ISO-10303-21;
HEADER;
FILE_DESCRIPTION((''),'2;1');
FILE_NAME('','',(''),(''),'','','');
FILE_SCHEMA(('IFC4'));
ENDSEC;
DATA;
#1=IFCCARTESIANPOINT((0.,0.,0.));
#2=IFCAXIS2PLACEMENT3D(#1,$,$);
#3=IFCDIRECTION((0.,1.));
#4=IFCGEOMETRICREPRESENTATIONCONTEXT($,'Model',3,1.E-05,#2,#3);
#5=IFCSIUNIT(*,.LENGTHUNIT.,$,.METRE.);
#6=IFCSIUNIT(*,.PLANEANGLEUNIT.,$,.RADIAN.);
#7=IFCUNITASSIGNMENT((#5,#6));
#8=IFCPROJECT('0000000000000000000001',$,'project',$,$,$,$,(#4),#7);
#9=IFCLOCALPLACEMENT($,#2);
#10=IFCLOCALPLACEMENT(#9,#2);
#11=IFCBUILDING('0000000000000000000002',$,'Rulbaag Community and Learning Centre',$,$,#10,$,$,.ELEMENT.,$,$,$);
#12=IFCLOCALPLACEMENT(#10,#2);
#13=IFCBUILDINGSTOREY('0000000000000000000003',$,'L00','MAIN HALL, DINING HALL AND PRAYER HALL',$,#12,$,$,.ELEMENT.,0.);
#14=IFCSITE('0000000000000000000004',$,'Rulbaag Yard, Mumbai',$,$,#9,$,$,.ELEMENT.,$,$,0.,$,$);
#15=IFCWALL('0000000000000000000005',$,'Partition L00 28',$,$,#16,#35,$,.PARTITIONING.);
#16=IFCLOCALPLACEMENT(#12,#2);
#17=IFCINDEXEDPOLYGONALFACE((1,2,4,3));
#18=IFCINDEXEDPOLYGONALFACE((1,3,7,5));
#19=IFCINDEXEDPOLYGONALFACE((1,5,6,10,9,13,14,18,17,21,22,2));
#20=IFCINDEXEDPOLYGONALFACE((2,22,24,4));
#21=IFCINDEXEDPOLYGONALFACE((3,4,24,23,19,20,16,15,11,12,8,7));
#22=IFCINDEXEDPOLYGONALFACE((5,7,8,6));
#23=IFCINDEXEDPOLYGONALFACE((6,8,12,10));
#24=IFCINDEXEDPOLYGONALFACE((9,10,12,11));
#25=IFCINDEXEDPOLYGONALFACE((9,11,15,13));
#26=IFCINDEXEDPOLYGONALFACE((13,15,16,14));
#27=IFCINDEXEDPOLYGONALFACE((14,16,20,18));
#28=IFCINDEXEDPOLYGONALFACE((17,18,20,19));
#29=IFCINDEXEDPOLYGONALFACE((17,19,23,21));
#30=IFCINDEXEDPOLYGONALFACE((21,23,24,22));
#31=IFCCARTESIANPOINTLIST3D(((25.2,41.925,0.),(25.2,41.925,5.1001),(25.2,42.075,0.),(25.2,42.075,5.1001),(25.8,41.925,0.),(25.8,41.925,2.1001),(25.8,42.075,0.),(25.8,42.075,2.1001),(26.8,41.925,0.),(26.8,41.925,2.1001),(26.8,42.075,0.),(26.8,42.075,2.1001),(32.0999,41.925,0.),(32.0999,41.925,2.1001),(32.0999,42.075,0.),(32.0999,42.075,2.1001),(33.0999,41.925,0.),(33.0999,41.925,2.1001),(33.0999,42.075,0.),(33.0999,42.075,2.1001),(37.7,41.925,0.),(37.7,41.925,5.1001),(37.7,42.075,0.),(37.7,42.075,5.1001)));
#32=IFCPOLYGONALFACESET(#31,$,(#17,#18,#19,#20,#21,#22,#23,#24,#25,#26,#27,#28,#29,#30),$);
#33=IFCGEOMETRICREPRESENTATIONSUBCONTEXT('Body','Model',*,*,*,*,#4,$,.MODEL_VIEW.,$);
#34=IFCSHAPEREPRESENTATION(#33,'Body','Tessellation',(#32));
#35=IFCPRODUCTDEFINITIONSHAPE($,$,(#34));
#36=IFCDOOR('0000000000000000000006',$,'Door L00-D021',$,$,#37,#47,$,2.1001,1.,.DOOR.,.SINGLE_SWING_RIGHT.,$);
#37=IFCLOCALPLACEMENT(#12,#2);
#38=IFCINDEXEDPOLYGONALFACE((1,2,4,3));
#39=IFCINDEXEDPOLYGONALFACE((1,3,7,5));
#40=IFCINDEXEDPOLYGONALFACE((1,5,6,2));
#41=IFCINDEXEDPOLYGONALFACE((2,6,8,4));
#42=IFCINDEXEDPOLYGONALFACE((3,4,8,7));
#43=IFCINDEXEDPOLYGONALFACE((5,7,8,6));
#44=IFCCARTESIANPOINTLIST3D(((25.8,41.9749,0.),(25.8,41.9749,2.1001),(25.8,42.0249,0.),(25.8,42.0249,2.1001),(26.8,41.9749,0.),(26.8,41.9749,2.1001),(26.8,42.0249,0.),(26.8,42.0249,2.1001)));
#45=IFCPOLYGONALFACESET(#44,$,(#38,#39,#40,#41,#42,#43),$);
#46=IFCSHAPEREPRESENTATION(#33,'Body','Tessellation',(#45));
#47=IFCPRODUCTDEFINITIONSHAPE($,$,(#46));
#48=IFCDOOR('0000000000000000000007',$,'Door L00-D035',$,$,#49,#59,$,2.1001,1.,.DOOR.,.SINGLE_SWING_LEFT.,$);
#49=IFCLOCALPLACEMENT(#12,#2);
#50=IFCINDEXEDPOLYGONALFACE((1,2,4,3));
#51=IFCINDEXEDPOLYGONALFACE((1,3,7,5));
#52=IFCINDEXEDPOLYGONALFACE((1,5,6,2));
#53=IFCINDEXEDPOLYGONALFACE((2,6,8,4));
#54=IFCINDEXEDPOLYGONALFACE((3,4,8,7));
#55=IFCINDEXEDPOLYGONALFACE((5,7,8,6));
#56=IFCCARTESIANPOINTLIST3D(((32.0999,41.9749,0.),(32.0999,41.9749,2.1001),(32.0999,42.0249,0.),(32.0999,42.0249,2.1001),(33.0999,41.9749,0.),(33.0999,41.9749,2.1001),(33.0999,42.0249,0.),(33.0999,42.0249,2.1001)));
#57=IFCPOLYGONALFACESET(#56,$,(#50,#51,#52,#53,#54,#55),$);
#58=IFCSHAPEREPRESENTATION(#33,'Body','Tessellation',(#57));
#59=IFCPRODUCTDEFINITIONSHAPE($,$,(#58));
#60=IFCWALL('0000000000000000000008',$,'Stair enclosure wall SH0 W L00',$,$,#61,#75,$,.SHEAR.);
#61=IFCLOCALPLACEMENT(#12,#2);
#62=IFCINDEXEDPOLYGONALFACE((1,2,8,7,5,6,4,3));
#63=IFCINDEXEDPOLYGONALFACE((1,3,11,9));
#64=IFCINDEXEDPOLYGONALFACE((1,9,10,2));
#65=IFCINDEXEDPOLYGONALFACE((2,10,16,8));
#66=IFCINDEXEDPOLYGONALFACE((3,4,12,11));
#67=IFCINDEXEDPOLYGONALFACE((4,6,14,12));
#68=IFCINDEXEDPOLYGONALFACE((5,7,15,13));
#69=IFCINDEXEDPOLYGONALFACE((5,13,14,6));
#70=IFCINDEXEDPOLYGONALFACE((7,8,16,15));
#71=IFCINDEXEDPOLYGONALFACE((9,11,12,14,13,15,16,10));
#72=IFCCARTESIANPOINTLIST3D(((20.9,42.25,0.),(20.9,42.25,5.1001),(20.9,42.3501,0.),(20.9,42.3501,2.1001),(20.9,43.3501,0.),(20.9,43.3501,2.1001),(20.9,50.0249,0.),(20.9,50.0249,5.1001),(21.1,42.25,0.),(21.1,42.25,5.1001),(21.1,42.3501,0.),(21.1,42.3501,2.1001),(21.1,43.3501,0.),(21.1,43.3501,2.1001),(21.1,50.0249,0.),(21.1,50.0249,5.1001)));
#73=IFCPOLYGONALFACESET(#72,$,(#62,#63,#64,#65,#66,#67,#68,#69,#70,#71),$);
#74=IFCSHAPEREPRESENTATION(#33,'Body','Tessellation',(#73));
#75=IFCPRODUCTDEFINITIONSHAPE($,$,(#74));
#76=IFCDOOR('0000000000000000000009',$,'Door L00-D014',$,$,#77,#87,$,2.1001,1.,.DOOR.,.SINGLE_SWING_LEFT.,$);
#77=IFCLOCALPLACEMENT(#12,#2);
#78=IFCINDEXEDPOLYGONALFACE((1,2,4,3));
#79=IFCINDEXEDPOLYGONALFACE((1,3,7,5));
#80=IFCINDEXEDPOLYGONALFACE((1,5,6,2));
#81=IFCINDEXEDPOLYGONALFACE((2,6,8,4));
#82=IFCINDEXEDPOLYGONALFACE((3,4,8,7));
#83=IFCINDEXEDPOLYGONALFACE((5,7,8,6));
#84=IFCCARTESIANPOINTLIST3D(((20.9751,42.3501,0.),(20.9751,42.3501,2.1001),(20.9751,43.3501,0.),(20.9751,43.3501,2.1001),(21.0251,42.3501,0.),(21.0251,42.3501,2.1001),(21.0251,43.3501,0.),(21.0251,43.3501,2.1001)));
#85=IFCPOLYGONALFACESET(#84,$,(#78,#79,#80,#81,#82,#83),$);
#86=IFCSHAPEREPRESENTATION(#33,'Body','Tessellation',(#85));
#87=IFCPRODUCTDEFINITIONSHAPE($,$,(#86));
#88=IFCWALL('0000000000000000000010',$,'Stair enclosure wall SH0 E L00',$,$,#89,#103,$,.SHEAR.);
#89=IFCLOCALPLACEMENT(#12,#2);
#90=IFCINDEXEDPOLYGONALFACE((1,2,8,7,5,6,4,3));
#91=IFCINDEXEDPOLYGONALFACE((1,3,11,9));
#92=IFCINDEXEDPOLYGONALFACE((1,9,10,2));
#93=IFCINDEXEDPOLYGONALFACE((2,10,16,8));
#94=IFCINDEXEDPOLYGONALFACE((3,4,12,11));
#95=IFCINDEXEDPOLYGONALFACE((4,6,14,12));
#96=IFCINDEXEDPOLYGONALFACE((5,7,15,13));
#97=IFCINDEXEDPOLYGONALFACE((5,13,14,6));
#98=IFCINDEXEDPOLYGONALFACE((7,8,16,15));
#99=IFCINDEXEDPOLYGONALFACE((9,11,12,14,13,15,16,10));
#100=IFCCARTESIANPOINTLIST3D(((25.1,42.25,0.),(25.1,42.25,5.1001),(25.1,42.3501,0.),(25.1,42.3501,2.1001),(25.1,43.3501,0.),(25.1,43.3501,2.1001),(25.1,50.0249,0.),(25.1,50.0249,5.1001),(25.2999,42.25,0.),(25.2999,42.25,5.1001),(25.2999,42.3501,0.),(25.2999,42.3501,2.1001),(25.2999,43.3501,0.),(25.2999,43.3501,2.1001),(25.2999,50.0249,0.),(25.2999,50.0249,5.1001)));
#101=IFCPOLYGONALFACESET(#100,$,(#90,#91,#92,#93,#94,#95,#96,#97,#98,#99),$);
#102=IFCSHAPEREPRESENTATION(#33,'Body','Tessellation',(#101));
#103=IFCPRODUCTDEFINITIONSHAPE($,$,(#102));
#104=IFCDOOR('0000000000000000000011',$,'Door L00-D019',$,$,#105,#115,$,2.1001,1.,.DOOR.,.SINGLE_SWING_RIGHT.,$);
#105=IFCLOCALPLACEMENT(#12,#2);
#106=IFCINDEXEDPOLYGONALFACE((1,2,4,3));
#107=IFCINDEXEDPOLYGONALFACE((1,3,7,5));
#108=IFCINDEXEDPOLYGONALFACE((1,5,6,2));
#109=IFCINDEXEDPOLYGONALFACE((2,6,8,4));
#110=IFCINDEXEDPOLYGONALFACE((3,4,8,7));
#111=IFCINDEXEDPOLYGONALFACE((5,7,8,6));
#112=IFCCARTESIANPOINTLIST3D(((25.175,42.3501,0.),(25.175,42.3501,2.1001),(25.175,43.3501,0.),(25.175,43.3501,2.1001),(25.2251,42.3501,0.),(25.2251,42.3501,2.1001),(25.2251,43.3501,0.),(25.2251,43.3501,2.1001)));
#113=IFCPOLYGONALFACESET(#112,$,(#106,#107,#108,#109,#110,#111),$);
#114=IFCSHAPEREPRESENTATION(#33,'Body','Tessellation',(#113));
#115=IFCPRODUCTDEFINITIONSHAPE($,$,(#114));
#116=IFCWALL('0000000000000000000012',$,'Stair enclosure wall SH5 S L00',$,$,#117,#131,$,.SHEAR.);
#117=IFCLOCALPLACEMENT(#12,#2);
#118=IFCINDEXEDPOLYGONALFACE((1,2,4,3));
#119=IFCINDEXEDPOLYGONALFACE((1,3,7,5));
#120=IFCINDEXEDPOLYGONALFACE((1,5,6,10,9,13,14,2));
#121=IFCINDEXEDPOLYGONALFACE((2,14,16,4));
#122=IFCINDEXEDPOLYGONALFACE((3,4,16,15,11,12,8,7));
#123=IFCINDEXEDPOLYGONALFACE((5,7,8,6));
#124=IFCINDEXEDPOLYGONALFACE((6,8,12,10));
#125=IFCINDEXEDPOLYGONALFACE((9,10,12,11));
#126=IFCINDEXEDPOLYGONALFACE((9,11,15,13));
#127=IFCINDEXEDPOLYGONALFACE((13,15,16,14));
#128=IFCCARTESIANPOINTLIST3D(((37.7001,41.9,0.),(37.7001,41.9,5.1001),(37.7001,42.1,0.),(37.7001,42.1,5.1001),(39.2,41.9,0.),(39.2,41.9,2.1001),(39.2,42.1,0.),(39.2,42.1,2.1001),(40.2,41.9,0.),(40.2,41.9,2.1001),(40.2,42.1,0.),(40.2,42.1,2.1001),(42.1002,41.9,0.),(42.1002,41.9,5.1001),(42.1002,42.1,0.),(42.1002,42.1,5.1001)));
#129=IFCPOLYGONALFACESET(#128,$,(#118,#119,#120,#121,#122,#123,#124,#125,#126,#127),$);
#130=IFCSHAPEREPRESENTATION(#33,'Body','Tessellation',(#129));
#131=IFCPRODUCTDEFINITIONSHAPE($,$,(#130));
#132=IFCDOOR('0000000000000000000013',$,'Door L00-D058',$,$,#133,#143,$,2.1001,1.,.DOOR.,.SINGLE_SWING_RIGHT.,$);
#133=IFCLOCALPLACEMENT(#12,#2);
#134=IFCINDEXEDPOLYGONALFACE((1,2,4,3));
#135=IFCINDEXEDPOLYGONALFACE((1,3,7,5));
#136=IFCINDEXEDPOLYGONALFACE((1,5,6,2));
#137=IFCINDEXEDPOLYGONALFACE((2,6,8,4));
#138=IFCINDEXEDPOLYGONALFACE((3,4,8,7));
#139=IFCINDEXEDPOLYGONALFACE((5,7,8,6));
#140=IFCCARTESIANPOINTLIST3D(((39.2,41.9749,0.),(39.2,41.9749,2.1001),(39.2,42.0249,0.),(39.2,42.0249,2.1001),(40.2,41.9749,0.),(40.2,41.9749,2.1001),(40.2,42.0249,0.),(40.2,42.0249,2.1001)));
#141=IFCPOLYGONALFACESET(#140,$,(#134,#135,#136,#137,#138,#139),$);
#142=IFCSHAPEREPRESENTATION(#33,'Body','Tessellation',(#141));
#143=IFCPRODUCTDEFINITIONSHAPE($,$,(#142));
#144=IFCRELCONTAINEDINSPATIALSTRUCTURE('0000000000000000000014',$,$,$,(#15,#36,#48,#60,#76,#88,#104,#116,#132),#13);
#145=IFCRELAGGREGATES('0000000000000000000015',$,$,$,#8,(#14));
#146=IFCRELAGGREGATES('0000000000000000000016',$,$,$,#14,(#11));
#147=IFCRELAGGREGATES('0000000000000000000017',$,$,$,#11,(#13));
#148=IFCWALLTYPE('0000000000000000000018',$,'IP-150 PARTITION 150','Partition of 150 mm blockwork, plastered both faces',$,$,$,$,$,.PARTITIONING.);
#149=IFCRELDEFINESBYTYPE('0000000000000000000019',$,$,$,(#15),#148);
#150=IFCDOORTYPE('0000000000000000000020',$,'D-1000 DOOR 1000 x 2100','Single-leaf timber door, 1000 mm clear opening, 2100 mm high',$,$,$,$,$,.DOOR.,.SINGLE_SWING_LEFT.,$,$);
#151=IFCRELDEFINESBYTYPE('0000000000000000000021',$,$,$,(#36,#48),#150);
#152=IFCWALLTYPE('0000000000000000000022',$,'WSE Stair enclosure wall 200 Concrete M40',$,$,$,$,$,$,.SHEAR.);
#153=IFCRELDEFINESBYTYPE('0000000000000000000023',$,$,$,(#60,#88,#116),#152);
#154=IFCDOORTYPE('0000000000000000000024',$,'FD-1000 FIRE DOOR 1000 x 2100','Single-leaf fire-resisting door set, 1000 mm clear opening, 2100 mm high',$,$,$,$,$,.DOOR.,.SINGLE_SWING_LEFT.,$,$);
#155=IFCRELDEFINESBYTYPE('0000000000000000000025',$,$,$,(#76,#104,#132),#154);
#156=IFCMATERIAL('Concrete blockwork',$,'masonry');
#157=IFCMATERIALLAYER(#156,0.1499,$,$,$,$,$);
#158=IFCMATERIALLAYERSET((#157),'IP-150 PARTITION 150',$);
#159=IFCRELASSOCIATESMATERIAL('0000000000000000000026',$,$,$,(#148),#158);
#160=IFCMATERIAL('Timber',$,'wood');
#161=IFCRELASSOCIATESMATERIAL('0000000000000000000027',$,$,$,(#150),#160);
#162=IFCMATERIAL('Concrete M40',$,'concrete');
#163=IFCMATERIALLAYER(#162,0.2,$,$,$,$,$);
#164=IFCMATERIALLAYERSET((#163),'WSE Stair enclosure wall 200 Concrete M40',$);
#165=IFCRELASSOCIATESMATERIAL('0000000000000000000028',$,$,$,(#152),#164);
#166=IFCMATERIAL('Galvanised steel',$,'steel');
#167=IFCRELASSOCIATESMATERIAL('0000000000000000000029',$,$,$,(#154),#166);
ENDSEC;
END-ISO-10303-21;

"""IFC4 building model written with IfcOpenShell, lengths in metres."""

from ifc_helpers import new_model, si_unit, direction, frame, frame_2d, origin, place, context, subcontext, project, spatial, rectangle, extrude, material, layer, layer_set, type_object, element, fill, save


model = new_model("IFC4")

# Units and contexts
model_context = context("Model", 3, precision=1e-05, world=origin(), true_north=direction((0.0, 1.0)))
body_context = subcontext(model_context, "Body", "Model", "MODEL_VIEW")
ifc_project = project(units=[si_unit("LENGTHUNIT", "METRE"), si_unit("PLANEANGLEUNIT", "RADIAN")], contexts=[model_context])

# Site, building, storey
site_placement = place(None, origin())
site = spatial("IfcSite", under=ifc_project, at=site_placement, Name="Rulbaag Yard, Mumbai", CompositionType="ELEMENT", RefElevation=0.0)
building_placement = place(site_placement, origin())
building = spatial("IfcBuilding", under=site, at=building_placement, Name="Rulbaag Community and Learning Centre", CompositionType="ELEMENT")
storey_placement = place(building_placement, origin())
storey = spatial("IfcBuildingStorey", under=building, at=storey_placement, Name="L00", Description="MAIN HALL, DINING HALL AND PRAYER HALL", CompositionType="ELEMENT", Elevation=0.0)

# Shared definitions
ifc_material_1 = material(Name="Concrete M40", Category="concrete")

# Wall, openings, doors
ifc_material_2 = material(Name="Concrete blockwork", Category="masonry")
ifc_layer_1 = layer(ifc_material_2, 0.1499)
ifc_layer_set_1 = layer_set([ifc_layer_1], Name="IP-150 PARTITION 150")
wall_type_1 = type_object("IfcWallType", Name="IP-150 PARTITION 150", Description="Partition of 150 mm blockwork, plastered both faces", PredefinedType="PARTITIONING", material=ifc_layer_set_1)
wall_1_placement = place(storey_placement, frame((25.2, 42.0, 0.0), z_axis=(0.0, 0.0, 1.0), x_axis=(1.0, 0.0, 0.0)))
wall_1 = element("IfcWall", 1, at=wall_1_placement, inside=storey, type_object=wall_type_1, Name="Partition L00 28", PredefinedType="PARTITIONING", context=body_context, shape_type="SweptSolid", body=[
    extrude(rectangle(XDim=12.5, YDim=0.1499, at=frame_2d((6.25, 0.0))), origin(), (0.0, 0.0, 1.0), 5.1001),
])
opening_1_placement = place(wall_1_placement, frame((0.6001, 0.0, 0.0)))
opening_1 = element("IfcOpeningElement", 2, at=opening_1_placement, cuts=wall_1, PredefinedType="OPENING", context=body_context, shape_type="SweptSolid", body=[
    extrude(rectangle(XDim=1.0, YDim=2.1001, at=frame_2d((0.5, 1.05))), frame((0.0, 0.085, 0.0), z_axis=(0.0, -1.0, 0.0), x_axis=(1.0, 0.0, 0.0)), (0.0, 0.0, 1.0), 0.1699),
])
opening_2_placement = place(wall_1_placement, frame((6.8999, 0.0, 0.0)))
opening_2 = element("IfcOpeningElement", 3, at=opening_2_placement, cuts=wall_1, PredefinedType="OPENING", context=body_context, shape_type="SweptSolid", body=[
    extrude(rectangle(XDim=1.0, YDim=2.1001, at=frame_2d((0.5, 1.05))), frame((0.0, 0.085, 0.0), z_axis=(0.0, -1.0, 0.0), x_axis=(1.0, 0.0, 0.0)), (0.0, 0.0, 1.0), 0.1699),
])
ifc_material_3 = material(Name="Timber", Category="wood")
door_type_1 = type_object("IfcDoorType", Name="D-1000 DOOR 1000 x 2100", Description="Single-leaf timber door, 1000 mm clear opening, 2100 mm high", OperationType="SINGLE_SWING_LEFT", PredefinedType="DOOR", material=ifc_material_3)
door_1_placement = place(opening_1_placement, origin())
door_1 = element("IfcDoor", 4, at=door_1_placement, inside=storey, type_object=door_type_1, Name="Door L00-D021", OperationType="SINGLE_SWING_RIGHT", OverallHeight=2.1001, OverallWidth=1.0, PredefinedType="DOOR", context=body_context, shape_type="SweptSolid", body=[
    extrude(rectangle(XDim=1.0, YDim=2.1001, at=frame_2d((0.5, 1.05))), frame((0.0, 0.0249, 0.0), z_axis=(0.0, -1.0, 0.0), x_axis=(1.0, 0.0, 0.0)), (0.0, 0.0, 1.0), 0.05),
])
fill(opening_1, door_1)
door_2_placement = place(opening_2_placement, origin())
door_2 = element("IfcDoor", 5, at=door_2_placement, inside=storey, type_object=door_type_1, Name="Door L00-D035", OperationType="SINGLE_SWING_LEFT", OverallHeight=2.1001, OverallWidth=1.0, PredefinedType="DOOR", context=body_context, shape_type="SweptSolid", body=[
    extrude(rectangle(XDim=1.0, YDim=2.1001, at=frame_2d((0.5, 1.05))), frame((0.0, 0.0249, 0.0), z_axis=(0.0, -1.0, 0.0), x_axis=(1.0, 0.0, 0.0)), (0.0, 0.0, 1.0), 0.05),
])
fill(opening_2, door_2)

# Walls, openings, doors
ifc_layer_2 = layer(ifc_material_1, 0.2)
ifc_layer_set_2 = layer_set([ifc_layer_2], Name="WSE Stair enclosure wall 200 Concrete M40")
wall_type_2 = type_object("IfcWallType", Name="WSE Stair enclosure wall 200 Concrete M40", PredefinedType="SHEAR", material=ifc_layer_set_2)
wall_2_placement = place(storey_placement, frame((21.0, 42.25, 0.0), z_axis=(0.0, 0.0, 1.0), x_axis=(0.0, 1.0, 0.0)))
wall_2 = element("IfcWall", 6, at=wall_2_placement, inside=storey, type_object=wall_type_2, Name="Stair enclosure wall SH0 W L00", PredefinedType="SHEAR", context=body_context, shape_type="SweptSolid", body=[
    extrude(rectangle(XDim=7.7749, YDim=0.2, at=frame_2d((3.8875, 0.0))), origin(), (0.0, 0.0, 1.0), 5.1001),
])
opening_3_placement = place(wall_2_placement, frame((0.1001, 0.0, 0.0)))
opening_3 = element("IfcOpeningElement", 7, at=opening_3_placement, cuts=wall_2, PredefinedType="OPENING", context=body_context, shape_type="SweptSolid", body=[
    extrude(rectangle(XDim=1.0, YDim=2.1001, at=frame_2d((0.5, 1.05))), frame((0.0, 0.1099, 0.0), z_axis=(0.0, -1.0, 0.0), x_axis=(1.0, 0.0, 0.0)), (0.0, 0.0, 1.0), 0.22),
])
ifc_material_4 = material(Name="Galvanised steel", Category="steel")
door_type_2 = type_object("IfcDoorType", Name="FD-1000 FIRE DOOR 1000 x 2100", Description="Single-leaf fire-resisting door set, 1000 mm clear opening, 2100 mm high", OperationType="SINGLE_SWING_LEFT", PredefinedType="DOOR", material=ifc_material_4)
door_3_placement = place(opening_3_placement, origin())
door_3 = element("IfcDoor", 8, at=door_3_placement, inside=storey, type_object=door_type_2, Name="Door L00-D014", OperationType="SINGLE_SWING_LEFT", OverallHeight=2.1001, OverallWidth=1.0, PredefinedType="DOOR", context=body_context, shape_type="SweptSolid", body=[
    extrude(rectangle(XDim=1.0, YDim=2.1001, at=frame_2d((0.5, 1.05))), frame((0.0, 0.0249, 0.0), z_axis=(0.0, -1.0, 0.0), x_axis=(1.0, 0.0, 0.0)), (0.0, 0.0, 1.0), 0.05),
])
fill(opening_3, door_3)
wall_3_placement = place(storey_placement, frame((25.2, 42.25, 0.0), z_axis=(0.0, 0.0, 1.0), x_axis=(0.0, 1.0, 0.0)))
wall_3 = element("IfcWall", 9, at=wall_3_placement, inside=storey, type_object=wall_type_2, Name="Stair enclosure wall SH0 E L00", PredefinedType="SHEAR", context=body_context, shape_type="SweptSolid", body=[
    extrude(rectangle(XDim=7.7749, YDim=0.2, at=frame_2d((3.8875, 0.0))), origin(), (0.0, 0.0, 1.0), 5.1001),
])
opening_4_placement = place(wall_3_placement, frame((0.1001, 0.0, 0.0)))
opening_4 = element("IfcOpeningElement", 10, at=opening_4_placement, cuts=wall_3, PredefinedType="OPENING", context=body_context, shape_type="SweptSolid", body=[
    extrude(rectangle(XDim=1.0, YDim=2.1001, at=frame_2d((0.5, 1.05))), frame((0.0, 0.1099, 0.0), z_axis=(0.0, -1.0, 0.0), x_axis=(1.0, 0.0, 0.0)), (0.0, 0.0, 1.0), 0.22),
])
door_4_placement = place(opening_4_placement, origin())
door_4 = element("IfcDoor", 11, at=door_4_placement, inside=storey, type_object=door_type_2, Name="Door L00-D019", OperationType="SINGLE_SWING_RIGHT", OverallHeight=2.1001, OverallWidth=1.0, PredefinedType="DOOR", context=body_context, shape_type="SweptSolid", body=[
    extrude(rectangle(XDim=1.0, YDim=2.1001, at=frame_2d((0.5, 1.05))), frame((0.0, 0.0249, 0.0), z_axis=(0.0, -1.0, 0.0), x_axis=(1.0, 0.0, 0.0)), (0.0, 0.0, 1.0), 0.05),
])
fill(opening_4, door_4)
wall_4_placement = place(storey_placement, frame((37.7, 42.0, 0.0), z_axis=(0.0, 0.0, 1.0), x_axis=(1.0, 0.0, 0.0)))
wall_4 = element("IfcWall", 12, at=wall_4_placement, inside=storey, type_object=wall_type_2, Name="Stair enclosure wall SH5 S L00", PredefinedType="SHEAR", context=body_context, shape_type="SweptSolid", body=[
    extrude(rectangle(XDim=4.4001, YDim=0.2, at=frame_2d((2.2002, 0.0))), origin(), (0.0, 0.0, 1.0), 5.1001),
])
opening_5_placement = place(wall_4_placement, frame((1.5, 0.0, 0.0)))
opening_5 = element("IfcOpeningElement", 13, at=opening_5_placement, cuts=wall_4, PredefinedType="OPENING", context=body_context, shape_type="SweptSolid", body=[
    extrude(rectangle(XDim=1.0, YDim=2.1001, at=frame_2d((0.5, 1.05))), frame((0.0, 0.1099, 0.0), z_axis=(0.0, -1.0, 0.0), x_axis=(1.0, 0.0, 0.0)), (0.0, 0.0, 1.0), 0.22),
])
door_5_placement = place(opening_5_placement, origin())
door_5 = element("IfcDoor", 14, at=door_5_placement, inside=storey, type_object=door_type_2, Name="Door L00-D058", OperationType="SINGLE_SWING_RIGHT", OverallHeight=2.1001, OverallWidth=1.0, PredefinedType="DOOR", context=body_context, shape_type="SweptSolid", body=[
    extrude(rectangle(XDim=1.0, YDim=2.1001, at=frame_2d((0.5, 1.05))), frame((0.0, 0.0249, 0.0), z_axis=(0.0, -1.0, 0.0), x_axis=(1.0, 0.0, 0.0)), (0.0, 0.0, 1.0), 0.05),
])
fill(opening_5, door_5)

save(model, "model.ifc")
